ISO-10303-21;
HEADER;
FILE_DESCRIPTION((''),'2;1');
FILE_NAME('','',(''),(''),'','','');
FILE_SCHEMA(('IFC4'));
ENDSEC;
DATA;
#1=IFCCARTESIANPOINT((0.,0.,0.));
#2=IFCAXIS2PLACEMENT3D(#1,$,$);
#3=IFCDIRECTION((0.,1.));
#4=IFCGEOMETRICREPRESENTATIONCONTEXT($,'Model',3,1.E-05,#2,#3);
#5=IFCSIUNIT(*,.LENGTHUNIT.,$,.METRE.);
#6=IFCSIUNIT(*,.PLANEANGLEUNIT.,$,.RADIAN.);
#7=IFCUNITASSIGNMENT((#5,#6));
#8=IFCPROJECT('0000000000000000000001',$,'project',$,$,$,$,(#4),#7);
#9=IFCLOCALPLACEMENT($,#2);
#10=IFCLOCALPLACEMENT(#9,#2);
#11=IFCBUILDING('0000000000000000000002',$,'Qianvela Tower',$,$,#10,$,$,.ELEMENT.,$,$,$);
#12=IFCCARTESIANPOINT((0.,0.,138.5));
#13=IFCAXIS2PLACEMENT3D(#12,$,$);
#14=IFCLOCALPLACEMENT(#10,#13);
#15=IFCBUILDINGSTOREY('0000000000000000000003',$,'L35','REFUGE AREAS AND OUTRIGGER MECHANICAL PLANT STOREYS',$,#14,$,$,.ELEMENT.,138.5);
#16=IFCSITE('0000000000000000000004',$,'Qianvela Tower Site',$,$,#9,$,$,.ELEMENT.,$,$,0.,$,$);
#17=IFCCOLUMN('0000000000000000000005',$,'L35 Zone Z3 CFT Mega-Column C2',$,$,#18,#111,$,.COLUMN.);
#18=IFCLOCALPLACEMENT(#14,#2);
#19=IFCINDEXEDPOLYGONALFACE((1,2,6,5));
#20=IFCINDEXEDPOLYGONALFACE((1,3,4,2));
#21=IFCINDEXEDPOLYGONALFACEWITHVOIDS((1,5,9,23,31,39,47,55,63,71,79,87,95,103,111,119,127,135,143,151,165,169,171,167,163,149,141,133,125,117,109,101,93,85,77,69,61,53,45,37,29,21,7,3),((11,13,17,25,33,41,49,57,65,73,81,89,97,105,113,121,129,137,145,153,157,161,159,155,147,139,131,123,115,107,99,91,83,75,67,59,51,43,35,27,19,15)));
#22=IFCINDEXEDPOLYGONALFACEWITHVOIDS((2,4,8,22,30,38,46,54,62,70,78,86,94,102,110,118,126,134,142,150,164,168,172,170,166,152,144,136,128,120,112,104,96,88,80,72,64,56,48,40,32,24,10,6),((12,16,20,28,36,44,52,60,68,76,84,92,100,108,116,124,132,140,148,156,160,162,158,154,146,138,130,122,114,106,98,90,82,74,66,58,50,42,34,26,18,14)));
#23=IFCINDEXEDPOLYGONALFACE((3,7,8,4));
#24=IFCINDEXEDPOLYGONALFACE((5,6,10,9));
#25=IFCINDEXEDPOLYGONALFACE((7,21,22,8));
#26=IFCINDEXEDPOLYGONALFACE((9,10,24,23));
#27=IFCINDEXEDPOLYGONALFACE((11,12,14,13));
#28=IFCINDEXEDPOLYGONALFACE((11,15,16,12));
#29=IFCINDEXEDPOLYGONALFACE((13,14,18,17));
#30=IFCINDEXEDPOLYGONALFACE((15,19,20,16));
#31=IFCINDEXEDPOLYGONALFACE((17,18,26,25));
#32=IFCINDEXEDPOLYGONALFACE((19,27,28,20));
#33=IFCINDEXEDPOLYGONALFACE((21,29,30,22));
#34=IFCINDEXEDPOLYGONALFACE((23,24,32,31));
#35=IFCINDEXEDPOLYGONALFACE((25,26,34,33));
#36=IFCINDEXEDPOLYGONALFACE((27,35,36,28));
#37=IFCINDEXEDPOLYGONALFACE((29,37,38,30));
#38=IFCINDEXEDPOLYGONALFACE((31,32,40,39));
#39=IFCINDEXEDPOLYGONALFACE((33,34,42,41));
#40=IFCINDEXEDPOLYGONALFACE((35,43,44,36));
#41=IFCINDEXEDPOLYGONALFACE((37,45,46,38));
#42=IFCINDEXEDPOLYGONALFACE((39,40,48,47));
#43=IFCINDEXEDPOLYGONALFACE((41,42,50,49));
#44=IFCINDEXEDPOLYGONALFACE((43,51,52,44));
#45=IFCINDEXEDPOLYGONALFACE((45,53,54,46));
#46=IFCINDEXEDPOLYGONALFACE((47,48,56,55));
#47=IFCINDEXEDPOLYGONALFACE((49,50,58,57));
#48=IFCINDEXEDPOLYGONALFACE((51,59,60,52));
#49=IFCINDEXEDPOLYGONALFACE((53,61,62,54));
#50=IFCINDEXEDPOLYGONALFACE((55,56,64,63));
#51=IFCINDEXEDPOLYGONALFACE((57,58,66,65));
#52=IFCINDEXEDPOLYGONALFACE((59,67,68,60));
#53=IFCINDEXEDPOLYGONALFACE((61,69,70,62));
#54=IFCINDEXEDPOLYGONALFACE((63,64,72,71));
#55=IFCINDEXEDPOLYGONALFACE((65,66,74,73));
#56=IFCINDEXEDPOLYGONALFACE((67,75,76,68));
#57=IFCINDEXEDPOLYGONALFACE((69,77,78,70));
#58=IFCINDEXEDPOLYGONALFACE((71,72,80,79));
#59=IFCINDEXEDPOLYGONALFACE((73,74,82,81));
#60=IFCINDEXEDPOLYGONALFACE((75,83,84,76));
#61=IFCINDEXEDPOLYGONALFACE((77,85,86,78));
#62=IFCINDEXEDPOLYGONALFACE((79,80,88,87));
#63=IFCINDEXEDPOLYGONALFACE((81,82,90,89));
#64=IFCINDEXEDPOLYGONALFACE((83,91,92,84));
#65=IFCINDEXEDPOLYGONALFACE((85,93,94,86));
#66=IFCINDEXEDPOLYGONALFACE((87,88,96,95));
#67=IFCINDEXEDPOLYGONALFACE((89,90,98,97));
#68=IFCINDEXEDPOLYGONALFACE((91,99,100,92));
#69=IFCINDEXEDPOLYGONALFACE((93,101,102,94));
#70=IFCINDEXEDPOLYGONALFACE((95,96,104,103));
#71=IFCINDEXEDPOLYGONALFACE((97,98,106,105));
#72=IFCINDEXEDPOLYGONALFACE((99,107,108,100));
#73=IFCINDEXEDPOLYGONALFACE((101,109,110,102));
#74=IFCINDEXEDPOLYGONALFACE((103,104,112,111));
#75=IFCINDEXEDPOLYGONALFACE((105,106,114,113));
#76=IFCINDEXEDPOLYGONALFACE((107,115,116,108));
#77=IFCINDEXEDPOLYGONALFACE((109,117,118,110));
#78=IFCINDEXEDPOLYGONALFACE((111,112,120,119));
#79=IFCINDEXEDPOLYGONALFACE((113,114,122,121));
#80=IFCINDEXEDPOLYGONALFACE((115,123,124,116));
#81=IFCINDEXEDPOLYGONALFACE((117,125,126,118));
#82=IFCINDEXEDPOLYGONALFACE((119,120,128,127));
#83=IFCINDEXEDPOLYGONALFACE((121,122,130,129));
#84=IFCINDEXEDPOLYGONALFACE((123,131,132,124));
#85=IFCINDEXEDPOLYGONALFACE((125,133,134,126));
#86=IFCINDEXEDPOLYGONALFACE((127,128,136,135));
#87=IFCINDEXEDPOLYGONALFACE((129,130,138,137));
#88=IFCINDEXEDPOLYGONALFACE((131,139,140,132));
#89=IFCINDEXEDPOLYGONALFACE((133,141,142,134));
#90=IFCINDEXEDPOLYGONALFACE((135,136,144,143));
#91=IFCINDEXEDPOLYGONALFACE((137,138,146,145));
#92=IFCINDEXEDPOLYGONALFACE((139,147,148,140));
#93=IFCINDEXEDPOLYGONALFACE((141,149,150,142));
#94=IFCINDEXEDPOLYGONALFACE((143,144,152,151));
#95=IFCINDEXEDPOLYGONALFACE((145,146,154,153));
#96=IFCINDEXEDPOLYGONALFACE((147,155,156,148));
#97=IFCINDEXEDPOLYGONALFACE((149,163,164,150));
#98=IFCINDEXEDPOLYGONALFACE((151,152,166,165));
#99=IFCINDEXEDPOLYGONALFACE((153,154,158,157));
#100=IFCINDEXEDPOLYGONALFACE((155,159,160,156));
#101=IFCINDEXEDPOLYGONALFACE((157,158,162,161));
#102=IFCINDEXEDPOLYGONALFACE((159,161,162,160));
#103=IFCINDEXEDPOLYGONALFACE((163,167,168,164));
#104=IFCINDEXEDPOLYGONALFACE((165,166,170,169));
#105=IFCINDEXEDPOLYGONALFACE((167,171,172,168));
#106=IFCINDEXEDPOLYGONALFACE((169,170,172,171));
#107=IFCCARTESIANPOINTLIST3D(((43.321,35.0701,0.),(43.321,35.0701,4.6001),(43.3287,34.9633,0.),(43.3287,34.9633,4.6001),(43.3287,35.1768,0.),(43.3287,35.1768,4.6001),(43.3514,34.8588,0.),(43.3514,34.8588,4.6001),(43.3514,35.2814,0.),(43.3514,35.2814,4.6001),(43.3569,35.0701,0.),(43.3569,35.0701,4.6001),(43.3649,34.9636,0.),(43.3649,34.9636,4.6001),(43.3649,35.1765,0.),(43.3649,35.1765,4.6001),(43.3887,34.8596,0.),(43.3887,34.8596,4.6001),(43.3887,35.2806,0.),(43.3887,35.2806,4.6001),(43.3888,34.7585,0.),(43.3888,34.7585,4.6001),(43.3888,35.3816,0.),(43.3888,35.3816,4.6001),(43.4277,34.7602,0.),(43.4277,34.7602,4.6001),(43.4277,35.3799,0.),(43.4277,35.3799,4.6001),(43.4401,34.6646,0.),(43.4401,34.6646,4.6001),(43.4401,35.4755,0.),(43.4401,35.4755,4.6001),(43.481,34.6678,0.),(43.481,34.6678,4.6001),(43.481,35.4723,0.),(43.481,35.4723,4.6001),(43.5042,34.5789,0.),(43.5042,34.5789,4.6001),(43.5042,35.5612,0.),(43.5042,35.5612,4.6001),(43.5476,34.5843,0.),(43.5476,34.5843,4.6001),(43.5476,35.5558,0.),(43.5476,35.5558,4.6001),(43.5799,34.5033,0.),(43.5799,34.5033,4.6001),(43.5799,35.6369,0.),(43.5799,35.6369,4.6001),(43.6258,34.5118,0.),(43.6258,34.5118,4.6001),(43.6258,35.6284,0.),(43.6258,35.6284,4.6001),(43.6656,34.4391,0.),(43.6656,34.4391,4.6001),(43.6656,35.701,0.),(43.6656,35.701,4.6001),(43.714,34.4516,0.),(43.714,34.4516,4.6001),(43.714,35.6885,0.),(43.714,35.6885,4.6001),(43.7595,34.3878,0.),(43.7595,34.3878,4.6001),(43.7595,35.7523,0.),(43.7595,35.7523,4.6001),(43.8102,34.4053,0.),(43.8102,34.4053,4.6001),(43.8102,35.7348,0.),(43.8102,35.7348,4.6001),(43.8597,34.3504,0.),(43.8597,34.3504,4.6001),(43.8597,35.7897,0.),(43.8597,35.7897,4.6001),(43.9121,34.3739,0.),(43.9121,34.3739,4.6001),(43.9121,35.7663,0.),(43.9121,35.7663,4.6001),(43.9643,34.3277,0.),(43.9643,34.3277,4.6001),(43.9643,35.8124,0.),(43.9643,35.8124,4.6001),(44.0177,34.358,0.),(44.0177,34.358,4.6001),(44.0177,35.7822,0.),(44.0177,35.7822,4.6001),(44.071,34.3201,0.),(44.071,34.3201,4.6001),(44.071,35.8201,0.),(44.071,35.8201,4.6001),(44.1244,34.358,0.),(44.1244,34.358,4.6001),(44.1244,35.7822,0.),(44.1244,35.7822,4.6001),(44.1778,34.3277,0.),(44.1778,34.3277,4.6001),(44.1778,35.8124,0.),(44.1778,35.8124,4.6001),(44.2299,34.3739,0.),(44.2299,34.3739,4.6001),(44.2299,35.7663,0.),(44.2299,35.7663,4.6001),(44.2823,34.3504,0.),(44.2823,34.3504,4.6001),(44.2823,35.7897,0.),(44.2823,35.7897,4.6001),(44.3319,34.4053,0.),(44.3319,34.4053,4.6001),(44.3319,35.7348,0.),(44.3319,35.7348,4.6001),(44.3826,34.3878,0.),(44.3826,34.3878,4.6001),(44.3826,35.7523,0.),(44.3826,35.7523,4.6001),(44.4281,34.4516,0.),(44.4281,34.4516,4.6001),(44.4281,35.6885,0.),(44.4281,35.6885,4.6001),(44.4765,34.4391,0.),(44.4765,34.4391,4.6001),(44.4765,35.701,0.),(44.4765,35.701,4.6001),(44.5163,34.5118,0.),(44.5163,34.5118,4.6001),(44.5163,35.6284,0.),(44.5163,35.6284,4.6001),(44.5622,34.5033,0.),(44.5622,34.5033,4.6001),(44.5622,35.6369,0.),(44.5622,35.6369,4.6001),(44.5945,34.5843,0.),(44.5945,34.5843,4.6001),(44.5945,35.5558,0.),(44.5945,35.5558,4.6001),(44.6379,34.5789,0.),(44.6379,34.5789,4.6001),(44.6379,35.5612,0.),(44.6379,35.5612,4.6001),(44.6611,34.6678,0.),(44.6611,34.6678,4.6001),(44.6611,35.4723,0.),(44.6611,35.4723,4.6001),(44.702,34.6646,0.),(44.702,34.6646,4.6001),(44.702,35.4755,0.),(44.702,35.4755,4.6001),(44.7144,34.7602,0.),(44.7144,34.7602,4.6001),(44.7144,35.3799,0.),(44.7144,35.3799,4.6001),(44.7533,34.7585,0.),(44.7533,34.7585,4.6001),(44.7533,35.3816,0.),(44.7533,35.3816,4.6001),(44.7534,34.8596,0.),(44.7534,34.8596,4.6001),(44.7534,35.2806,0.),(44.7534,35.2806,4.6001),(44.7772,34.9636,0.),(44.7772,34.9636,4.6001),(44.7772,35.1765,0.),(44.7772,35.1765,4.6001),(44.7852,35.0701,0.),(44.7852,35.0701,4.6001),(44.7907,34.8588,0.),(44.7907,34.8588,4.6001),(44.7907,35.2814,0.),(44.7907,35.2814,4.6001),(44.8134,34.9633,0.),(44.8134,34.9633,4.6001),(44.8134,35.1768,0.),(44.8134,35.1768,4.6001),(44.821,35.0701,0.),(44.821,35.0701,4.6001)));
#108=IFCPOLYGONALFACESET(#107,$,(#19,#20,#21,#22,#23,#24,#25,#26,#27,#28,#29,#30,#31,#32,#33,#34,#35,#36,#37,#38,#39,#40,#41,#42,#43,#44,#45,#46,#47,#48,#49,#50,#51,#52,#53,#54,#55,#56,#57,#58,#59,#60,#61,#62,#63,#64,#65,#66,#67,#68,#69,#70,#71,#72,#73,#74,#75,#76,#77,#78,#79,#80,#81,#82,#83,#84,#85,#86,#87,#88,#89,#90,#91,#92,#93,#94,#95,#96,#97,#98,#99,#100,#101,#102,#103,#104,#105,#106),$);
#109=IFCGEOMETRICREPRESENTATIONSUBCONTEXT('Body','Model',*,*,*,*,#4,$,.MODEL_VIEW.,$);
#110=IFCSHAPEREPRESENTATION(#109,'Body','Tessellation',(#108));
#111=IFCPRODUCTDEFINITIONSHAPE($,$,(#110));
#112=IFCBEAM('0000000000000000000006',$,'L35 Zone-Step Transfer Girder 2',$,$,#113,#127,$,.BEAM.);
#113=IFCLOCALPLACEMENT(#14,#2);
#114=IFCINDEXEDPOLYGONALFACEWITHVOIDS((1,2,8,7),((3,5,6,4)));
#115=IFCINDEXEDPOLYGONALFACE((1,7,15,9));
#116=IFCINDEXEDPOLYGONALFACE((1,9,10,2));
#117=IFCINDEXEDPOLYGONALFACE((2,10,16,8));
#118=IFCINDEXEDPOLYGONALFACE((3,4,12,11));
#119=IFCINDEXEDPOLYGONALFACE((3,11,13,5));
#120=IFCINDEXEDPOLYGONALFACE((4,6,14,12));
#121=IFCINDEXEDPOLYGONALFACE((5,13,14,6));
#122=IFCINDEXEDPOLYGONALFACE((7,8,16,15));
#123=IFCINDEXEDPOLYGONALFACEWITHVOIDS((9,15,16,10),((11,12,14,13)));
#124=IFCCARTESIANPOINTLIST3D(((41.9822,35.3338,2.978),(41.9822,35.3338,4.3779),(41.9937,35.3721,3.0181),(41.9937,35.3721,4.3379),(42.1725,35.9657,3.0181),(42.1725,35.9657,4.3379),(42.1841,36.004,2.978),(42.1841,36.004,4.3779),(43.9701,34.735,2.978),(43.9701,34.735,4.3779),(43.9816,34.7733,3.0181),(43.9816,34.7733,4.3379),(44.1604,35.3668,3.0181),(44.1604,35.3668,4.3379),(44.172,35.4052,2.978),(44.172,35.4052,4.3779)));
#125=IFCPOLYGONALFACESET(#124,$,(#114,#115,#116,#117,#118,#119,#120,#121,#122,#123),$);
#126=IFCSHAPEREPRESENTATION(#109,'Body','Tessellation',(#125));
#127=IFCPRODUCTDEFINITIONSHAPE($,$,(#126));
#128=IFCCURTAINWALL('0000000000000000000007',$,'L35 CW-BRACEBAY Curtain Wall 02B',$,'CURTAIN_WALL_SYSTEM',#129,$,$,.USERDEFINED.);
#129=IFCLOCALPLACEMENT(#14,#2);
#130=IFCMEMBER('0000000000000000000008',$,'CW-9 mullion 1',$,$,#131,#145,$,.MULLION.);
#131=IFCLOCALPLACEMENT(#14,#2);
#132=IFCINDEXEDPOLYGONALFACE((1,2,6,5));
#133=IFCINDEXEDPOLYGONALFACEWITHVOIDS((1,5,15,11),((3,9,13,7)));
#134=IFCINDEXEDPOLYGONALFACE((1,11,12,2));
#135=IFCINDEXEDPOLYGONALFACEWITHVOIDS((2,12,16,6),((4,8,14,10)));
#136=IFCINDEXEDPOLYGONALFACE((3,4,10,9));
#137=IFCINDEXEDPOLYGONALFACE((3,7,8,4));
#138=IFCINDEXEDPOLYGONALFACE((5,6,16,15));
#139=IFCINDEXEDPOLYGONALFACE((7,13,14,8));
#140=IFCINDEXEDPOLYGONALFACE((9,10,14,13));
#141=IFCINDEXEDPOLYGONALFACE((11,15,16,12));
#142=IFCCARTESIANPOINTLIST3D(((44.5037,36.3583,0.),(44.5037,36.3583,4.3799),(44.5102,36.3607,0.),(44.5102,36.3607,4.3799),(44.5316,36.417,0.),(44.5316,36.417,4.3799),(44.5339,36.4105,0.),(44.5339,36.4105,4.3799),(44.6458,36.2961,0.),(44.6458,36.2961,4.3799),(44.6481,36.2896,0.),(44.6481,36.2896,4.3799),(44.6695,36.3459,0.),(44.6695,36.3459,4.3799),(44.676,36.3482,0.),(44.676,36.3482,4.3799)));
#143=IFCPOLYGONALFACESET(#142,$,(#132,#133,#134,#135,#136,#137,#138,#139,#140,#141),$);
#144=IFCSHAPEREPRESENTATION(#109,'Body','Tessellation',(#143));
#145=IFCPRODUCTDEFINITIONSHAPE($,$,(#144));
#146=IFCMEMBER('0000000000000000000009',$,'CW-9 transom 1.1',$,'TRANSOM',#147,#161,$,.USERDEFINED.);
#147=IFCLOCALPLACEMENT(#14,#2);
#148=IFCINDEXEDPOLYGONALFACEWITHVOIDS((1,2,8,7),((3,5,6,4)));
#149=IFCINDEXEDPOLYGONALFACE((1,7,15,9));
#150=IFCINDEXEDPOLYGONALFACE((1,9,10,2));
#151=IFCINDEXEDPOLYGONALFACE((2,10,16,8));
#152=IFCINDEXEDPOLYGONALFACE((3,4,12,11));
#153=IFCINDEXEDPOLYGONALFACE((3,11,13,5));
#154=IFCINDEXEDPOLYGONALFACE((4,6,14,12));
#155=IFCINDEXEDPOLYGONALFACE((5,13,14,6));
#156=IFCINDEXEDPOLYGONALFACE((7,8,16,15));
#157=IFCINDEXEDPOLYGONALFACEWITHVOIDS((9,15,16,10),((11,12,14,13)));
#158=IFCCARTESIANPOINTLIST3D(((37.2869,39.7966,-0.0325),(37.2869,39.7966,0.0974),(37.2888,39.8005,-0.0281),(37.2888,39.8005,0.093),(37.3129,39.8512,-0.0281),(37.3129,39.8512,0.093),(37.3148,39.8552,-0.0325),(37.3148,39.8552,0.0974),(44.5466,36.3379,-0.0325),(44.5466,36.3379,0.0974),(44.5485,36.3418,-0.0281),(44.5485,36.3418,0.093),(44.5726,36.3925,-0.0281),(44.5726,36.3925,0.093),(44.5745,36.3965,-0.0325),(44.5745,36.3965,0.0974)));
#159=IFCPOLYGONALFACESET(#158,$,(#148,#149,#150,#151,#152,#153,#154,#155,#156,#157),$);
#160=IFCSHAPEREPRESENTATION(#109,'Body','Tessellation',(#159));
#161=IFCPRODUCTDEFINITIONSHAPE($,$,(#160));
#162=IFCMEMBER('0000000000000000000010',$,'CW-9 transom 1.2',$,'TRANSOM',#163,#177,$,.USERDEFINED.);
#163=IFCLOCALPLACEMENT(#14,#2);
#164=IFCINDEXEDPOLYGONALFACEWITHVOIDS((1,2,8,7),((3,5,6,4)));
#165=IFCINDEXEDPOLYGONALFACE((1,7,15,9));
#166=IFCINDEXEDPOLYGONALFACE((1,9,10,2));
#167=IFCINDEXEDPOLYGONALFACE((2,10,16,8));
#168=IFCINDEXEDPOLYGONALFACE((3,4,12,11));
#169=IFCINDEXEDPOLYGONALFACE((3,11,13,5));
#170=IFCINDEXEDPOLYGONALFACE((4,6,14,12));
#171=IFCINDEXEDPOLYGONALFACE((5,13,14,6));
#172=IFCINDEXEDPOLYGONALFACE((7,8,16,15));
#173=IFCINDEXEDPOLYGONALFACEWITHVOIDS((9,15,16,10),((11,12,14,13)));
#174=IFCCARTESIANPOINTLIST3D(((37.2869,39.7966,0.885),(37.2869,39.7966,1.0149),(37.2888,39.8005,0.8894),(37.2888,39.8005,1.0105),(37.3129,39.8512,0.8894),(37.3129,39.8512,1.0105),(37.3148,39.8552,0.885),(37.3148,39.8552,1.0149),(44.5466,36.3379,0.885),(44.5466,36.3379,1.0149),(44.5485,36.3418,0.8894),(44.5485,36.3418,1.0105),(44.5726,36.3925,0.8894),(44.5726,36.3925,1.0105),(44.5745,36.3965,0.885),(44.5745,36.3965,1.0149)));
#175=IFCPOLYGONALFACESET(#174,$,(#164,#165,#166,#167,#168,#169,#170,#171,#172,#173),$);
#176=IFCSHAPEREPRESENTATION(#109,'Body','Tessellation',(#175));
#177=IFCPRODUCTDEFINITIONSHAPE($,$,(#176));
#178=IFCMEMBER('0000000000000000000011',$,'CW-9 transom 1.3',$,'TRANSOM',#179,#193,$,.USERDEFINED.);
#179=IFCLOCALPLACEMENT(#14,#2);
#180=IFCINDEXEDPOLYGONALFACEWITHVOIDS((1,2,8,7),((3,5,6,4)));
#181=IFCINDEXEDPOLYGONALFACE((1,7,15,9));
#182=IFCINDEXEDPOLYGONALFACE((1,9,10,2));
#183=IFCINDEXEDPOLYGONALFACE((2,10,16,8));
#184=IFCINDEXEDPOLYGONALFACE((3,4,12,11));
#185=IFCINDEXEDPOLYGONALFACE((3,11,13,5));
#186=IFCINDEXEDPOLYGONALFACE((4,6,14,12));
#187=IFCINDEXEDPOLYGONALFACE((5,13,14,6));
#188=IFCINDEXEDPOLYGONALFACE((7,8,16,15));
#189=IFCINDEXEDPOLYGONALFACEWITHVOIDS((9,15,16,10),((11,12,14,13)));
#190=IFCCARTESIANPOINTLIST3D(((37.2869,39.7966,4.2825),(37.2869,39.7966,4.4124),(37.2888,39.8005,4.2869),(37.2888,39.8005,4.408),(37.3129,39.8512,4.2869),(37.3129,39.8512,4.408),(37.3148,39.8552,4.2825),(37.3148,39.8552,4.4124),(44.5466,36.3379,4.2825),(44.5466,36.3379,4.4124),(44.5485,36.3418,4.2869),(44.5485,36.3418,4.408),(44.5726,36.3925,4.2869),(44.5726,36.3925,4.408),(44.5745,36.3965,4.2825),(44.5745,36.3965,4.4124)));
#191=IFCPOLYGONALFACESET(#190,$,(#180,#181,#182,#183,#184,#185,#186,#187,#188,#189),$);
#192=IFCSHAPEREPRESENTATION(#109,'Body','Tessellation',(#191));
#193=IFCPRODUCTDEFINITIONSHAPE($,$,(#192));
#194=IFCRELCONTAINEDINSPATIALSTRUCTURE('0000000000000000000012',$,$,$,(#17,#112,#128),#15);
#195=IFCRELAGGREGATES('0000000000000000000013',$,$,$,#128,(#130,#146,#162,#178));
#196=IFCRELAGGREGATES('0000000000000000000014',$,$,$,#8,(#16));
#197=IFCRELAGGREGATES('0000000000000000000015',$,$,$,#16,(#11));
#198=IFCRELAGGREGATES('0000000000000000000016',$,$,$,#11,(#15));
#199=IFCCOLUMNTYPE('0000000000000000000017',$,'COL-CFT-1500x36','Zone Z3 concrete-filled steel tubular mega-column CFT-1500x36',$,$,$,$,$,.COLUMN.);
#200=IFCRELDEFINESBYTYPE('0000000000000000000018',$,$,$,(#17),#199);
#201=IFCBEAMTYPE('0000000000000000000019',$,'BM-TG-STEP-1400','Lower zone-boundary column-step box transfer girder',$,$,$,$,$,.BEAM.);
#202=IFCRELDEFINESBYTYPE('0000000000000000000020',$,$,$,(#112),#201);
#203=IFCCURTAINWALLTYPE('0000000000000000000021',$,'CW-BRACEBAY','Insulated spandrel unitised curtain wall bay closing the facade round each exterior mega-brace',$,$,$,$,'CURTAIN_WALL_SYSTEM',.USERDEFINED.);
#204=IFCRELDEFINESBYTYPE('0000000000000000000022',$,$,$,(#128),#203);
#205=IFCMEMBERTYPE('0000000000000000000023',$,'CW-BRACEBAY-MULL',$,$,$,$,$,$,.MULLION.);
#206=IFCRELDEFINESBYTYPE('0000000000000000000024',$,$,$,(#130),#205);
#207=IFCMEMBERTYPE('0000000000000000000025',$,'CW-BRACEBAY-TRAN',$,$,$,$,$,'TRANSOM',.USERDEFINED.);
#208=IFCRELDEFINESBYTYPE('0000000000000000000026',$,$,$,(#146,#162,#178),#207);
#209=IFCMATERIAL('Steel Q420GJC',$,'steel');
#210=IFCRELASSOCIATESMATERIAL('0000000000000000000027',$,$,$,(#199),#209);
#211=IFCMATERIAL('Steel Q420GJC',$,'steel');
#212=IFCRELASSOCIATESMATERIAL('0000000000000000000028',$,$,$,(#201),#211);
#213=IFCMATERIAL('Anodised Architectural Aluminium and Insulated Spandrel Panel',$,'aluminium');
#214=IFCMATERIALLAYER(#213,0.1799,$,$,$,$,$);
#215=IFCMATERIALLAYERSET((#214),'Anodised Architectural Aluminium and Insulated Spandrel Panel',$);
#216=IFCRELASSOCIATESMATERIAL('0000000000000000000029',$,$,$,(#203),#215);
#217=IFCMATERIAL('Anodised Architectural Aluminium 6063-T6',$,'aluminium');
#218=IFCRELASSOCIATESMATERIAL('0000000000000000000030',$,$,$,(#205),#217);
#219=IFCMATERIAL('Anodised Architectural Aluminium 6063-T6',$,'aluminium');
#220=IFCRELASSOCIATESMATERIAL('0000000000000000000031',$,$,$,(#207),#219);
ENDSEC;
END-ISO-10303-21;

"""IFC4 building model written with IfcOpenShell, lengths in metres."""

from ifc_helpers import new_model, si_unit, direction, frame, origin, origin_2d, place, context, subcontext, project, spatial, hollow_rectangle, hollow_circle, extrude, material, layer, layer_set, material_profile, profile_set, type_object, element, aggregate, save


model = new_model("IFC4")

# Units and contexts
model_context = context("Model", 3, precision=1e-05, world=origin(), true_north=direction((0.0, 1.0)))
body_context = subcontext(model_context, "Body", "Model", "MODEL_VIEW")
ifc_project = project(units=[si_unit("LENGTHUNIT", "METRE"), si_unit("PLANEANGLEUNIT", "RADIAN")], contexts=[model_context])

# Site, building, storey
site_placement = place(None, origin())
site = spatial("IfcSite", under=ifc_project, at=site_placement, Name="Qianvela Tower Site", CompositionType="ELEMENT", RefElevation=0.0)
building_placement = place(site_placement, origin())
building = spatial("IfcBuilding", under=site, at=building_placement, Name="Qianvela Tower", CompositionType="ELEMENT")
storey_placement = place(building_placement, frame((0.0, 0.0, 138.5)))
storey = spatial("IfcBuildingStorey", under=building, at=storey_placement, Name="L35", Description="REFUGE AREAS AND OUTRIGGER MECHANICAL PLANT STOREYS", CompositionType="ELEMENT", Elevation=138.5)

# Column
ifc_material_1 = material(Name="Steel Q420GJC", Category="steel")
ifc_material_profile_1 = material_profile(ifc_material_1, hollow_circle(Radius=0.75, WallThickness=0.0359, at=origin_2d()), Name="CFT-1500x36")
ifc_profile_set_1 = profile_set([ifc_material_profile_1], Name="Steel Q420GJC")
column_type = type_object("IfcColumnType", Name="COL-CFT-1500x36", Description="Zone Z3 concrete-filled steel tubular mega-column CFT-1500x36", PredefinedType="COLUMN", material=ifc_profile_set_1)
column_placement = place(storey_placement, frame((44.071, 35.0701, 0.0), z_axis=(0.0, 0.0, 1.0), x_axis=(1.0, 0.0, 0.0)))
element("IfcColumn", 1, at=column_placement, inside=storey, type_object=column_type, Name="L35 Zone Z3 CFT Mega-Column C2", PredefinedType="COLUMN", context=body_context, shape_type="SweptSolid", body=[
    extrude(hollow_circle(Radius=0.75, WallThickness=0.0359, at=origin_2d()), origin(), (0.0, 0.0, 1.0), 4.6001),
])

# Beam
ifc_material_2 = material(Name="Steel Q420GJC", Category="steel")
ifc_material_profile_2 = material_profile(ifc_material_2, hollow_rectangle(XDim=0.7, YDim=1.3999, WallThickness=0.04, at=origin_2d()), Name="TG-BOX-1400x700x40")
ifc_profile_set_2 = profile_set([ifc_material_profile_2], Name="Steel Q420GJC")
beam_type = type_object("IfcBeamType", Name="BM-TG-STEP-1400", Description="Lower zone-boundary column-step box transfer girder", PredefinedType="BEAM", material=ifc_profile_set_2)
beam_placement = place(storey_placement, frame((44.071, 35.0701, 3.678), z_axis=(-0.957499, 0.288437, 0.0), x_axis=(-0.288437, -0.957499, 0.0)))
element("IfcBeam", 2, at=beam_placement, inside=storey, type_object=beam_type, Name="L35 Zone-Step Transfer Girder 2", PredefinedType="BEAM", context=body_context, shape_type="SweptSolid", body=[
    extrude(hollow_rectangle(XDim=0.7, YDim=1.3999, WallThickness=0.04, at=origin_2d()), origin(), (0.0, 0.0, 1.0), 2.0762),
])

# Curtain wall, members
ifc_material_3 = material(Name="Anodised Architectural Aluminium and Insulated Spandrel Panel", Category="aluminium")
ifc_layer_1 = layer(ifc_material_3, 0.1799)
ifc_layer_set_1 = layer_set([ifc_layer_1], Name="Anodised Architectural Aluminium and Insulated Spandrel Panel")
curtain_wall_type_1 = type_object("IfcCurtainWallType", Name="CW-BRACEBAY", Description="Insulated spandrel unitised curtain wall bay closing the facade round each exterior mega-brace", ElementType="CURTAIN_WALL_SYSTEM", PredefinedType="USERDEFINED", material=ifc_layer_set_1)
curtain_wall_1_placement = place(storey_placement, origin())
curtain_wall_1 = element("IfcCurtainWall", 3, at=curtain_wall_1_placement, inside=storey, type_object=curtain_wall_type_1, Name="L35 CW-BRACEBAY Curtain Wall 02B", ObjectType="CURTAIN_WALL_SYSTEM", PredefinedType="USERDEFINED")
ifc_material_4 = material(Name="Anodised Architectural Aluminium 6063-T6", Category="aluminium")
ifc_material_profile_3 = material_profile(ifc_material_4, hollow_rectangle(XDim=0.0649, YDim=0.1599, WallThickness=0.0049, at=origin_2d()), Name="ALU-MULL-65x160")
ifc_profile_set_3 = profile_set([ifc_material_profile_3], Name="Anodised Architectural Aluminium 6063-T6")
member_type_1 = type_object("IfcMemberType", Name="CW-BRACEBAY-MULL", PredefinedType="MULLION", material=ifc_profile_set_3)
member_1_placement = place(storey_placement, frame((44.5898, 36.3533, 0.0), z_axis=(0.0, 0.0, 1.0), x_axis=(-0.430086, -0.902788, 0.0)))
member_1 = element("IfcMember", 4, at=member_1_placement, type_object=member_type_1, Name="CW-9 mullion 1", PredefinedType="MULLION", context=body_context, shape_type="SweptSolid", body=[
    extrude(hollow_rectangle(XDim=0.0649, YDim=0.1599, WallThickness=0.0049, at=origin_2d()), origin(), (0.0, 0.0, 1.0), 4.3799),
])
ifc_material_5 = material(Name="Anodised Architectural Aluminium 6063-T6", Category="aluminium")
ifc_material_profile_4 = material_profile(ifc_material_5, hollow_rectangle(XDim=0.0649, YDim=0.1299, WallThickness=0.0044, at=origin_2d()), Name="ALU-TRAN-65x130")
ifc_profile_set_4 = profile_set([ifc_material_profile_4], Name="Anodised Architectural Aluminium 6063-T6")
member_type_2 = type_object("IfcMemberType", Name="CW-BRACEBAY-TRAN", ElementType="TRANSOM", PredefinedType="USERDEFINED", material=ifc_profile_set_4)
member_2_placement = place(storey_placement, frame((44.5605, 36.3672, 0.0325), z_axis=(-0.902778, 0.430107, 0.0), x_axis=(-0.430107, -0.902778, 0.0)))
member_2 = element("IfcMember", 5, at=member_2_placement, type_object=member_type_2, Name="CW-9 transom 1.1", ObjectType="TRANSOM", PredefinedType="USERDEFINED", context=body_context, shape_type="SweptSolid", body=[
    extrude(hollow_rectangle(XDim=0.0649, YDim=0.1299, WallThickness=0.0044, at=origin_2d()), origin(), (0.0, 0.0, 1.0), 8.0415),
])
member_3_placement = place(storey_placement, frame((44.5605, 36.3672, 0.95), z_axis=(-0.902778, 0.430107, 0.0), x_axis=(-0.430107, -0.902778, 0.0)))
member_3 = element("IfcMember", 6, at=member_3_placement, type_object=member_type_2, Name="CW-9 transom 1.2", ObjectType="TRANSOM", PredefinedType="USERDEFINED", context=body_context, shape_type="SweptSolid", body=[
    extrude(hollow_rectangle(XDim=0.0649, YDim=0.1299, WallThickness=0.0044, at=origin_2d()), origin(), (0.0, 0.0, 1.0), 8.0415),
])
member_4_placement = place(storey_placement, frame((44.5605, 36.3672, 4.3474), z_axis=(-0.902778, 0.430107, 0.0), x_axis=(-0.430107, -0.902778, 0.0)))
member_4 = element("IfcMember", 7, at=member_4_placement, type_object=member_type_2, Name="CW-9 transom 1.3", ObjectType="TRANSOM", PredefinedType="USERDEFINED", context=body_context, shape_type="SweptSolid", body=[
    extrude(hollow_rectangle(XDim=0.0649, YDim=0.1299, WallThickness=0.0044, at=origin_2d()), origin(), (0.0, 0.0, 1.0), 8.0415),
])
aggregate(curtain_wall_1, [member_1, member_2, member_3, member_4])

save(model, "model.ifc")
